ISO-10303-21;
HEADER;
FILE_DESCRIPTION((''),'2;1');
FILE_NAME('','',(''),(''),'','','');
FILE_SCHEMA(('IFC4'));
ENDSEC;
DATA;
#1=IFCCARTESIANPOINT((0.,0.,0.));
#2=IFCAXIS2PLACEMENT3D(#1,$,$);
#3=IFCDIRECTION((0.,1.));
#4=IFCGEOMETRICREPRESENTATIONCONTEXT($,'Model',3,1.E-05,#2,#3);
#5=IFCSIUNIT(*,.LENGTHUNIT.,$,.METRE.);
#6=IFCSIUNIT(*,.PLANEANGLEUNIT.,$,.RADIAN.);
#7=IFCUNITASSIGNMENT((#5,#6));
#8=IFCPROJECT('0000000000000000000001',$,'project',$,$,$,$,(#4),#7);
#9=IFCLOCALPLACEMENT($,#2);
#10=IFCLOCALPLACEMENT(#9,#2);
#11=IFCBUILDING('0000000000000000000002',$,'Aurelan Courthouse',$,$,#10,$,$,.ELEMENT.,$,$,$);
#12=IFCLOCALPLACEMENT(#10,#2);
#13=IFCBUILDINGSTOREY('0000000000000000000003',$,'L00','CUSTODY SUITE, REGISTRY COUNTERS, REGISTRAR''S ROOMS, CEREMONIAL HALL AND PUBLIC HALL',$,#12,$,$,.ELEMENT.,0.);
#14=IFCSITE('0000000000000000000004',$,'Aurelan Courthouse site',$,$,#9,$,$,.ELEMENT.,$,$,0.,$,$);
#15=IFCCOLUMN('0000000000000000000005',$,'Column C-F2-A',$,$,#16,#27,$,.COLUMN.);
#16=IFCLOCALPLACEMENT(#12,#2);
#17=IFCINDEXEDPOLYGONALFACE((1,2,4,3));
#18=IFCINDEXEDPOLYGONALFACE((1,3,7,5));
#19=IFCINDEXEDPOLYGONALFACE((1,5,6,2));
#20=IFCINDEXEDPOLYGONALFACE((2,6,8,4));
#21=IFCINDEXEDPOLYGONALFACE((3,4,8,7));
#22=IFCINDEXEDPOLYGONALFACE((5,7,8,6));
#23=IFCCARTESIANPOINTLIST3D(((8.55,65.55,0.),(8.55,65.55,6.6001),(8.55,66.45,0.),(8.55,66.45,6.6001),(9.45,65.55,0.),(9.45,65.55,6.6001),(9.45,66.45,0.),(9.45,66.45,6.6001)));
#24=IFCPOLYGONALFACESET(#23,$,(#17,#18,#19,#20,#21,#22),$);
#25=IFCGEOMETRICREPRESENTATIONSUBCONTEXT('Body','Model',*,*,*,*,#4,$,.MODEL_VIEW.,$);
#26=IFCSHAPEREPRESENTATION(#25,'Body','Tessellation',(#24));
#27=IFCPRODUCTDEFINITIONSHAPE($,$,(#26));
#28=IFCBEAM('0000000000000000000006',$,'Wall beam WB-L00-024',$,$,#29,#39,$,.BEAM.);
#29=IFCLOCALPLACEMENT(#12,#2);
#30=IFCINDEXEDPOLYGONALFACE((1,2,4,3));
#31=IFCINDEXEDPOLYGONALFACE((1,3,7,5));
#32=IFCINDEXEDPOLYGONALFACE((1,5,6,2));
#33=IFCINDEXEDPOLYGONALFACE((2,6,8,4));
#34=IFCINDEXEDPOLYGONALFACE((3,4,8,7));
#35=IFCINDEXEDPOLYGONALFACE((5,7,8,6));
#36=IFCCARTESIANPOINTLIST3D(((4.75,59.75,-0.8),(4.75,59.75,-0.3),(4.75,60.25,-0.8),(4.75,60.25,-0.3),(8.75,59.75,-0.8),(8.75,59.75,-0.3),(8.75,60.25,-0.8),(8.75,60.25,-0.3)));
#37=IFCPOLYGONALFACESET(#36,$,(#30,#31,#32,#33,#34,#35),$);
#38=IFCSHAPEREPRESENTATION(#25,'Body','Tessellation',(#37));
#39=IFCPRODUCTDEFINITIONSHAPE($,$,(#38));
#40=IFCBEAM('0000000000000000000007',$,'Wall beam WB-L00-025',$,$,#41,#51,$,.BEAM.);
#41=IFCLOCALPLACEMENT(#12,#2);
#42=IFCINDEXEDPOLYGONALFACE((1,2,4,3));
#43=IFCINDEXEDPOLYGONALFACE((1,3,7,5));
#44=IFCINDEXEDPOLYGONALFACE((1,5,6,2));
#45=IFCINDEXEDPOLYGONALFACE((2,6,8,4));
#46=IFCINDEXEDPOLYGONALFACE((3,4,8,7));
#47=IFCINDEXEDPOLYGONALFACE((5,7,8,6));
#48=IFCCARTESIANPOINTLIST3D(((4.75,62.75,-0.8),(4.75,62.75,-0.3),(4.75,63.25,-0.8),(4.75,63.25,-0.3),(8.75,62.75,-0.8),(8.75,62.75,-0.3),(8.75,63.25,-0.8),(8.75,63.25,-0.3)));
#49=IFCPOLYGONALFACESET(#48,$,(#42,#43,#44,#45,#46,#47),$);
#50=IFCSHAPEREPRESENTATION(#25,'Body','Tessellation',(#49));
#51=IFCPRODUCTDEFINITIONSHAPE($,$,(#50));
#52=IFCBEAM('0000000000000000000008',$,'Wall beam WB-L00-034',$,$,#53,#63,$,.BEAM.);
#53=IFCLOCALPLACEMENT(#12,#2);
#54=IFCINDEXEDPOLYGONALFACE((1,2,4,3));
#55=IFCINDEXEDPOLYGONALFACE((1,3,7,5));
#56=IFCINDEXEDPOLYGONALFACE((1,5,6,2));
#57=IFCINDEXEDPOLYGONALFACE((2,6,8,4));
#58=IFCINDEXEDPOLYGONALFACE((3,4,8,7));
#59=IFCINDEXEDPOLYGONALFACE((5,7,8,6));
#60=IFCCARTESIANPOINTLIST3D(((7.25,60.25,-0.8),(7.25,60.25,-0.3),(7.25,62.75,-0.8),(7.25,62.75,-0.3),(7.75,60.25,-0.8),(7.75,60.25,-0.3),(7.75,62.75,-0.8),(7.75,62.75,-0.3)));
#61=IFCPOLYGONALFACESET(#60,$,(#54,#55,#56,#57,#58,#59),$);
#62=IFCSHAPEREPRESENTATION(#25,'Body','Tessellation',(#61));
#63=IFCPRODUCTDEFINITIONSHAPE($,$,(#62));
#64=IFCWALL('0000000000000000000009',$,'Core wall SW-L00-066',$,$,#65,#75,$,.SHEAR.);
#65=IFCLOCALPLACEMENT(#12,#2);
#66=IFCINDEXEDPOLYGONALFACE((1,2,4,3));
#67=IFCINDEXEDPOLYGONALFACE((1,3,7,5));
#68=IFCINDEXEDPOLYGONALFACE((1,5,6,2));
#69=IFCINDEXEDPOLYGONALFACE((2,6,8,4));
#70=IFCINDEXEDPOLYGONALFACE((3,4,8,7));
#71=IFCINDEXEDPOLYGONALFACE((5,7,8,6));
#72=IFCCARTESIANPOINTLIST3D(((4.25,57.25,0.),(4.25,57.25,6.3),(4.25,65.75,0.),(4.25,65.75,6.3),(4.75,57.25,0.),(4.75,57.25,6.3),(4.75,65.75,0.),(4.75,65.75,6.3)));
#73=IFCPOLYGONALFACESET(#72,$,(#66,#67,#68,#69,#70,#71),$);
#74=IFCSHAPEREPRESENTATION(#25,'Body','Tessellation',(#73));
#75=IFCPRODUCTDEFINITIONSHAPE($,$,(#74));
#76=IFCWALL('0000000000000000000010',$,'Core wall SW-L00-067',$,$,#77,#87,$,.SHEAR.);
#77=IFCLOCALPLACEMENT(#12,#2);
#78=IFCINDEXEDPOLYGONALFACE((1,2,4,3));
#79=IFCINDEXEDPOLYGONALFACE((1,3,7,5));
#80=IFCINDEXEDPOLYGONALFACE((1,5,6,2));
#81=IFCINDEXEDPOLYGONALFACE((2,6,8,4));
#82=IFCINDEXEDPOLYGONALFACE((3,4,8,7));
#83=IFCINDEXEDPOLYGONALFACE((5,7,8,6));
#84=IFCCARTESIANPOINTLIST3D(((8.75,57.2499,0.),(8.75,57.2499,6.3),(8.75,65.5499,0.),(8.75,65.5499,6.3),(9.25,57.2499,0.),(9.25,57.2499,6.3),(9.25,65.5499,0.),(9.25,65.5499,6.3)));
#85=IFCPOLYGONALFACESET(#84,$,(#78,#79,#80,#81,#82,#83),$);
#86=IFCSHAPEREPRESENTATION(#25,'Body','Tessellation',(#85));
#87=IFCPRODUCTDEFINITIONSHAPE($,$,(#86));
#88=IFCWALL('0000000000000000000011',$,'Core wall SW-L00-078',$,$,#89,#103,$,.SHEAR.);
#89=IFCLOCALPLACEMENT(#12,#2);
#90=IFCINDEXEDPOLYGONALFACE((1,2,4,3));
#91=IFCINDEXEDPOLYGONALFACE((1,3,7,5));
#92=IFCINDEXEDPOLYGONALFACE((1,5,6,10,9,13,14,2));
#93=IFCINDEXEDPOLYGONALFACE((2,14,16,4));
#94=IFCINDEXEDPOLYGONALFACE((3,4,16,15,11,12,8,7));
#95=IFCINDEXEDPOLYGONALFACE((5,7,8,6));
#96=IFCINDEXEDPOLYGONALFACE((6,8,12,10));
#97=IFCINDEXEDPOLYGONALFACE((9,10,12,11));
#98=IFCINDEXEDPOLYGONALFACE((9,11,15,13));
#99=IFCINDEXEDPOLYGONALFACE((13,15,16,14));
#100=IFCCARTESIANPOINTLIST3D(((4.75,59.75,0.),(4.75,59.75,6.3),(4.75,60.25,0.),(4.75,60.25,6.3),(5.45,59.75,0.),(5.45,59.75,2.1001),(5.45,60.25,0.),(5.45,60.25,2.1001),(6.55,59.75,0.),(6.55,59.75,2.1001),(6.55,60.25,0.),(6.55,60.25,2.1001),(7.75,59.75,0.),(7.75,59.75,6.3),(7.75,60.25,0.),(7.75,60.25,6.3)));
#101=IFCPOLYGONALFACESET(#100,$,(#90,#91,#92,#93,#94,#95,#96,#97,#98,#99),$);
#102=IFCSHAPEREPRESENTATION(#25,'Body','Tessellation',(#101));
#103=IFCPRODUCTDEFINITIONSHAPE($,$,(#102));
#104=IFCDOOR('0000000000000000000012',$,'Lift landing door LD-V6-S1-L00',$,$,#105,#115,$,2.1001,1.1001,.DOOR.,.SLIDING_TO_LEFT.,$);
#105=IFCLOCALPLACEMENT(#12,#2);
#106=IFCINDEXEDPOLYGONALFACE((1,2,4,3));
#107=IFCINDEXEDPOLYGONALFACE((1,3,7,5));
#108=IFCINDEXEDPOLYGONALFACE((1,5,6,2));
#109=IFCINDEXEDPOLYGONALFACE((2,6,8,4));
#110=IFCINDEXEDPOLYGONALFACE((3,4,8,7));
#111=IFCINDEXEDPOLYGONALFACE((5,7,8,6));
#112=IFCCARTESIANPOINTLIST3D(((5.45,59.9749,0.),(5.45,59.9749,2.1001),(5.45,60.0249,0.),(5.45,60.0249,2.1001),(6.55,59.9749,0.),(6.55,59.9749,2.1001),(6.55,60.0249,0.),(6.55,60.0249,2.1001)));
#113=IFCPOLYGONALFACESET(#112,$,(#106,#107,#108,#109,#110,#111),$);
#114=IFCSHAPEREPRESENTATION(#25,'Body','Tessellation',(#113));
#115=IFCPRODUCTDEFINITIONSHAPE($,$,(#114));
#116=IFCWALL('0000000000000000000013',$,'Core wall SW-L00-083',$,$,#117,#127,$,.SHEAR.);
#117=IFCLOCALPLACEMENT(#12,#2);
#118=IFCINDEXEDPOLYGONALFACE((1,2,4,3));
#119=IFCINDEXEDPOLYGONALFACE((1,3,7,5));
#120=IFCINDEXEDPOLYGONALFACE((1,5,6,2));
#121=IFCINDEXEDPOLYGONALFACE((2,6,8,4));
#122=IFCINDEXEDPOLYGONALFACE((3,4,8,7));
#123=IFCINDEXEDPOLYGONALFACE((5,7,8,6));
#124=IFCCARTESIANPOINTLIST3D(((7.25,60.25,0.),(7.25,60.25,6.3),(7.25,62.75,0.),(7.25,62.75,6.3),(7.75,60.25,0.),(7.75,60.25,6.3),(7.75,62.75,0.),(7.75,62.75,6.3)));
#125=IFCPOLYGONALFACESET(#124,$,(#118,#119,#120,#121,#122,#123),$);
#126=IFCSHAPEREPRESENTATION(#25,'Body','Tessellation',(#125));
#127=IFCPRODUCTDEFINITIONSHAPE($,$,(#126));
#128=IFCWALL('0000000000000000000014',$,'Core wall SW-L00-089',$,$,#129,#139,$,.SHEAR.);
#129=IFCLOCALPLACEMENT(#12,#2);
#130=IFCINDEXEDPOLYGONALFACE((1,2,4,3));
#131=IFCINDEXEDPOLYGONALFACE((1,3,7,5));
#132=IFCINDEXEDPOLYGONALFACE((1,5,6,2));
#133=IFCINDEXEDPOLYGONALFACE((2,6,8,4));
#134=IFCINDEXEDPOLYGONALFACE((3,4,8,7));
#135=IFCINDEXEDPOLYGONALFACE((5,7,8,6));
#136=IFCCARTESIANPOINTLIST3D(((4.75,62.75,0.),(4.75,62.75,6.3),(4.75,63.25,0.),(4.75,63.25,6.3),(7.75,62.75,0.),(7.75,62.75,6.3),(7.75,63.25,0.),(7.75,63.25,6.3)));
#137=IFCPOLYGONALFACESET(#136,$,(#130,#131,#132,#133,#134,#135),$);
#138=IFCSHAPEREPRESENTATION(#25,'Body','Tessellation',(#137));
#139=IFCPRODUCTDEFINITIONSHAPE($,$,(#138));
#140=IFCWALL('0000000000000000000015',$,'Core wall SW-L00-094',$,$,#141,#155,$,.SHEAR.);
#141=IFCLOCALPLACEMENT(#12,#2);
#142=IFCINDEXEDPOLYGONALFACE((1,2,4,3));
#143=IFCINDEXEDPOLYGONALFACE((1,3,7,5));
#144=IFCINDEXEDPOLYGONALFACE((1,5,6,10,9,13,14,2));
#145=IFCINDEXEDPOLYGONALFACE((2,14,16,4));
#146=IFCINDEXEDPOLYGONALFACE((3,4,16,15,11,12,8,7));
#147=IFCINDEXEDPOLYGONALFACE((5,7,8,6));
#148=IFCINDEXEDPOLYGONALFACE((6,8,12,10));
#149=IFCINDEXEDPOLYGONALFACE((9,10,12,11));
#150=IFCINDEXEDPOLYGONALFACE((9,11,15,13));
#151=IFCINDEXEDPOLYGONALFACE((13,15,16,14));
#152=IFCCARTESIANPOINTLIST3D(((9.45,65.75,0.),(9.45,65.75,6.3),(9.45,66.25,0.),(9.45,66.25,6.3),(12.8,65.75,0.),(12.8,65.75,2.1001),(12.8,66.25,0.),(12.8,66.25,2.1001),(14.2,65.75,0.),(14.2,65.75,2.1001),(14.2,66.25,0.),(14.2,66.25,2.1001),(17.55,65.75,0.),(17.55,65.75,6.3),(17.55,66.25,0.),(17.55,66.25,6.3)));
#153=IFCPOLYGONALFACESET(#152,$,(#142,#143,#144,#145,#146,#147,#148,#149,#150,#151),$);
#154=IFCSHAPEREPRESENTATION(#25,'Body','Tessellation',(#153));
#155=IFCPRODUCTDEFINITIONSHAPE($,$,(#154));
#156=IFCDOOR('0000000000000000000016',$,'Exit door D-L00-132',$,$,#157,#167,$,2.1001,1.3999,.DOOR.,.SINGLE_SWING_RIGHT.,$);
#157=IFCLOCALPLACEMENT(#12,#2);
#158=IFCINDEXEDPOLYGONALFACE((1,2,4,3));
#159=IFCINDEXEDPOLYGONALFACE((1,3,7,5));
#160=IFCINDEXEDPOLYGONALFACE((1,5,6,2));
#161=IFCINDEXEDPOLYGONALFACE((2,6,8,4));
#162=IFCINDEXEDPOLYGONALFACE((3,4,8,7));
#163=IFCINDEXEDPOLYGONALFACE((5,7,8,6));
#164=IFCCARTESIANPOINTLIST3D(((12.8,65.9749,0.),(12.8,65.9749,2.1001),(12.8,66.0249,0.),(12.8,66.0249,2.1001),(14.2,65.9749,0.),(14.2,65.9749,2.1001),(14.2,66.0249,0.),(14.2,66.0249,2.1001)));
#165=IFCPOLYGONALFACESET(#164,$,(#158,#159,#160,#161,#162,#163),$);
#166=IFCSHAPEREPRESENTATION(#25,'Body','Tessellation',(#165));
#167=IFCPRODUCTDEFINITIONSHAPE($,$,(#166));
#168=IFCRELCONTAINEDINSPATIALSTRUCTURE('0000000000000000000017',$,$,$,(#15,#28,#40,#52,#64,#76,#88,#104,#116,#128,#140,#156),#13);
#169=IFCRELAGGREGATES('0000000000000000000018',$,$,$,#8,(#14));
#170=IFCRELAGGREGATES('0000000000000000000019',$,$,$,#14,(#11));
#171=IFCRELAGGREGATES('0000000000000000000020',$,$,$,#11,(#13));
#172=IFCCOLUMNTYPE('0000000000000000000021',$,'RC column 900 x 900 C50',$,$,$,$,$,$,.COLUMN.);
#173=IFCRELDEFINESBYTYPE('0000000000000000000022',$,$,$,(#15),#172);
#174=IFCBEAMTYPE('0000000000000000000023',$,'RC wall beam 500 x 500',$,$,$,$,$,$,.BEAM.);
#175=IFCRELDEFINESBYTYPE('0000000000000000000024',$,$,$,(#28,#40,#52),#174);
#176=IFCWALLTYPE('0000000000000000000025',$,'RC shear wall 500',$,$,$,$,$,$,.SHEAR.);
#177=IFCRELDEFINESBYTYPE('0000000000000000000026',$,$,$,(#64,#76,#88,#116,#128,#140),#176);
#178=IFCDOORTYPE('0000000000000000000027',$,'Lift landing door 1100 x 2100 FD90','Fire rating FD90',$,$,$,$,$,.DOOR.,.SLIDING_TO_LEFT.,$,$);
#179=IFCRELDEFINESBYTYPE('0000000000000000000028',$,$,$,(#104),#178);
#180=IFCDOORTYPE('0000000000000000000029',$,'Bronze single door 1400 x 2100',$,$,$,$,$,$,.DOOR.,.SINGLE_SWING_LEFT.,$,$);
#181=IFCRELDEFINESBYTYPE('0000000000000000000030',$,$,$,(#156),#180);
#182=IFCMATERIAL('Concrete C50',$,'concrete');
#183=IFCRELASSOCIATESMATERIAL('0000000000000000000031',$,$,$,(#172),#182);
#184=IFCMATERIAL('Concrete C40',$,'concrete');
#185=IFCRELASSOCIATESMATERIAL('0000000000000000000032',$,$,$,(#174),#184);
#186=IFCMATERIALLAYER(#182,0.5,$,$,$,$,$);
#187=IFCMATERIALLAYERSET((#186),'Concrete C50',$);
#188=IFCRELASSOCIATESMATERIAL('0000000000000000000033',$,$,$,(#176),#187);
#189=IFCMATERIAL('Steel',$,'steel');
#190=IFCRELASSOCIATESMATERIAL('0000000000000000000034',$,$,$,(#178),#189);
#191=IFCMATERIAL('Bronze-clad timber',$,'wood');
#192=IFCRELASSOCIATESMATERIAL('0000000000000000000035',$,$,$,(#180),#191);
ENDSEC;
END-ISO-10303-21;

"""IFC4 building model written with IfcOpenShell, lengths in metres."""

from ifc_helpers import new_model, si_unit, direction, frame, frame_2d, origin, origin_2d, place, context, subcontext, project, spatial, rectangle, extrude, material, layer, layer_set, material_profile, profile_set, type_object, element, fill, save


model = new_model("IFC4")

# Units and contexts
model_context = context("Model", 3, precision=1e-05, world=origin(), true_north=direction((0.0, 1.0)))
body_context = subcontext(model_context, "Body", "Model", "MODEL_VIEW")
ifc_project = project(units=[si_unit("LENGTHUNIT", "METRE"), si_unit("PLANEANGLEUNIT", "RADIAN")], contexts=[model_context])

# Site, building, storey
site_placement = place(None, origin())
site = spatial("IfcSite", under=ifc_project, at=site_placement, Name="Aurelan Courthouse site", CompositionType="ELEMENT", RefElevation=0.0)
building_placement = place(site_placement, origin())
building = spatial("IfcBuilding", under=site, at=building_placement, Name="Aurelan Courthouse", CompositionType="ELEMENT")
storey_placement = place(building_placement, origin())
storey = spatial("IfcBuildingStorey", under=building, at=storey_placement, Name="L00", Description="CUSTODY SUITE, REGISTRY COUNTERS, REGISTRAR'S ROOMS, CEREMONIAL HALL AND PUBLIC HALL", CompositionType="ELEMENT", Elevation=0.0)

# Column
ifc_material_1 = material(Name="Concrete C50", Category="concrete")
ifc_material_profile_1 = material_profile(ifc_material_1, rectangle(XDim=0.8999, YDim=0.8999, at=origin_2d()), Name="RC 900 x 900")
ifc_profile_set_1 = profile_set([ifc_material_profile_1], Name="Concrete C50")
column_type = type_object("IfcColumnType", Name="RC column 900 x 900 C50", PredefinedType="COLUMN", material=ifc_profile_set_1)
column_placement = place(storey_placement, frame((9.0, 66.0, 0.0), z_axis=(0.0, 0.0, 1.0), x_axis=(1.0, 0.0, 0.0)))
element("IfcColumn", 1, at=column_placement, inside=storey, type_object=column_type, Name="Column C-F2-A", PredefinedType="COLUMN", context=body_context, shape_type="SweptSolid", body=[
    extrude(rectangle(XDim=0.8999, YDim=0.8999, at=origin_2d()), origin(), (0.0, 0.0, 1.0), 6.6001),
])

# Beams
ifc_material_2 = material(Name="Concrete C40", Category="concrete")
ifc_material_profile_2 = material_profile(ifc_material_2, rectangle(XDim=0.5, YDim=0.5, at=origin_2d()), Name="RC 500 x 500")
ifc_profile_set_2 = profile_set([ifc_material_profile_2], Name="Concrete C40")
beam_type = type_object("IfcBeamType", Name="RC wall beam 500 x 500", PredefinedType="BEAM", material=ifc_profile_set_2)
for number, where, z_axis, x_axis, name in (
    (2, (4.75, 60.0, -0.55), (1.0, 0.0, 0.0), (0.0, 1.0, 0.0), "Wall beam WB-L00-024"),
    (3, (4.75, 63.0, -0.55), (1.0, 0.0, 0.0), (0.0, 1.0, 0.0), "Wall beam WB-L00-025"),
):
    element("IfcBeam", number, at=place(storey_placement, frame(where, z_axis=z_axis, x_axis=x_axis)), inside=storey, type_object=beam_type, Name=name, PredefinedType="BEAM", context=body_context, shape_type="SweptSolid", body=[
        extrude(rectangle(XDim=0.5, YDim=0.5, at=origin_2d()), origin(), (0.0, 0.0, 1.0), 4.0),
    ])
beam_placement = place(storey_placement, frame((7.5, 60.25, -0.55), z_axis=(0.0, 1.0, 0.0), x_axis=(-1.0, 0.0, 0.0)))
element("IfcBeam", 4, at=beam_placement, inside=storey, type_object=beam_type, Name="Wall beam WB-L00-034", PredefinedType="BEAM", context=body_context, shape_type="SweptSolid", body=[
    extrude(rectangle(XDim=0.5, YDim=0.5, at=origin_2d()), origin(), (0.0, 0.0, 1.0), 2.5),
])

# Walls
ifc_layer_1 = layer(ifc_material_1, 0.5)
ifc_layer_set_1 = layer_set([ifc_layer_1], Name="Concrete C50")
wall_type_1 = type_object("IfcWallType", Name="RC shear wall 500", PredefinedType="SHEAR", material=ifc_layer_set_1)
wall_1_placement = place(storey_placement, frame((4.5, 57.25, 0.0), z_axis=(0.0, 0.0, 1.0), x_axis=(0.0, 1.0, 0.0)))
element("IfcWall", 5, at=wall_1_placement, inside=storey, type_object=wall_type_1, Name="Core wall SW-L00-066", PredefinedType="SHEAR", context=body_context, shape_type="SweptSolid", body=[
    extrude(rectangle(XDim=8.5, YDim=0.5, at=frame_2d((4.25, 0.0))), origin(), (0.0, 0.0, 1.0), 6.3),
])
wall_2_placement = place(storey_placement, frame((9.0, 57.25, 0.0), z_axis=(0.0, 0.0, 1.0), x_axis=(0.0, 1.0, 0.0)))
element("IfcWall", 6, at=wall_2_placement, inside=storey, type_object=wall_type_1, Name="Core wall SW-L00-067", PredefinedType="SHEAR", context=body_context, shape_type="SweptSolid", body=[
    extrude(rectangle(XDim=8.3, YDim=0.5, at=frame_2d((4.1499, 0.0))), origin(), (0.0, 0.0, 1.0), 6.3),
])

# Wall, opening, door
wall_3_placement = place(storey_placement, frame((4.75, 60.0, 0.0), z_axis=(0.0, 0.0, 1.0), x_axis=(1.0, 0.0, 0.0)))
wall_3 = element("IfcWall", 7, at=wall_3_placement, inside=storey, type_object=wall_type_1, Name="Core wall SW-L00-078", PredefinedType="SHEAR", context=body_context, shape_type="SweptSolid", body=[
    extrude(rectangle(XDim=3.0, YDim=0.5, at=frame_2d((1.5, 0.0))), origin(), (0.0, 0.0, 1.0), 6.3),
])
opening_1_placement = place(wall_3_placement, frame((0.7, 0.0, 0.0)))
opening_1 = element("IfcOpeningElement", 8, at=opening_1_placement, cuts=wall_3, PredefinedType="OPENING", context=body_context, shape_type="SweptSolid", body=[
    extrude(rectangle(XDim=1.1001, YDim=2.1001, at=frame_2d((0.55, 1.05))), frame((0.0, 0.26, 0.0), z_axis=(0.0, -1.0, 0.0), x_axis=(1.0, 0.0, 0.0)), (0.0, 0.0, 1.0), 0.52),
])
ifc_material_3 = material(Name="Steel", Category="steel")
door_type_1 = type_object("IfcDoorType", Name="Lift landing door 1100 x 2100 FD90", Description="Fire rating FD90", OperationType="SLIDING_TO_LEFT", PredefinedType="DOOR", material=ifc_material_3)
door_1_placement = place(opening_1_placement, origin())
door_1 = element("IfcDoor", 9, at=door_1_placement, inside=storey, type_object=door_type_1, Name="Lift landing door LD-V6-S1-L00", OperationType="SLIDING_TO_LEFT", OverallHeight=2.1001, OverallWidth=1.1001, PredefinedType="DOOR", context=body_context, shape_type="SweptSolid", body=[
    extrude(rectangle(XDim=1.1001, YDim=2.1001, at=frame_2d((0.55, 1.05))), frame((0.0, 0.0249, 0.0), z_axis=(0.0, -1.0, 0.0), x_axis=(1.0, 0.0, 0.0)), (0.0, 0.0, 1.0), 0.05),
])
fill(opening_1, door_1)

# Walls
wall_4_placement = place(storey_placement, frame((7.5, 60.25, 0.0), z_axis=(0.0, 0.0, 1.0), x_axis=(0.0, 1.0, 0.0)))
element("IfcWall", 10, at=wall_4_placement, inside=storey, type_object=wall_type_1, Name="Core wall SW-L00-083", PredefinedType="SHEAR", context=body_context, shape_type="SweptSolid", body=[
    extrude(rectangle(XDim=2.5, YDim=0.5, at=frame_2d((1.25, 0.0))), origin(), (0.0, 0.0, 1.0), 6.3),
])
wall_5_placement = place(storey_placement, frame((4.75, 63.0, 0.0), z_axis=(0.0, 0.0, 1.0), x_axis=(1.0, 0.0, 0.0)))
element("IfcWall", 11, at=wall_5_placement, inside=storey, type_object=wall_type_1, Name="Core wall SW-L00-089", PredefinedType="SHEAR", context=body_context, shape_type="SweptSolid", body=[
    extrude(rectangle(XDim=3.0, YDim=0.5, at=frame_2d((1.5, 0.0))), origin(), (0.0, 0.0, 1.0), 6.3),
])

# Wall, opening, door
wall_6_placement = place(storey_placement, frame((9.45, 66.0, 0.0), z_axis=(0.0, 0.0, 1.0), x_axis=(1.0, 0.0, 0.0)))
wall_6 = element("IfcWall", 12, at=wall_6_placement, inside=storey, type_object=wall_type_1, Name="Core wall SW-L00-094", PredefinedType="SHEAR", context=body_context, shape_type="SweptSolid", body=[
    extrude(rectangle(XDim=8.1001, YDim=0.5, at=frame_2d((4.05, 0.0))), origin(), (0.0, 0.0, 1.0), 6.3),
])
opening_2_placement = place(wall_6_placement, frame((3.3501, 0.0, 0.0)))
opening_2 = element("IfcOpeningElement", 13, at=opening_2_placement, cuts=wall_6, PredefinedType="OPENING", context=body_context, shape_type="SweptSolid", body=[
    extrude(rectangle(XDim=1.3999, YDim=2.1001, at=frame_2d((0.7, 1.05))), frame((0.0, 0.26, 0.0), z_axis=(0.0, -1.0, 0.0), x_axis=(1.0, 0.0, 0.0)), (0.0, 0.0, 1.0), 0.52),
])
ifc_material_4 = material(Name="Bronze-clad timber", Category="wood")
door_type_2 = type_object("IfcDoorType", Name="Bronze single door 1400 x 2100", OperationType="SINGLE_SWING_LEFT", PredefinedType="DOOR", material=ifc_material_4)
door_2_placement = place(opening_2_placement, origin())
door_2 = element("IfcDoor", 14, at=door_2_placement, inside=storey, type_object=door_type_2, Name="Exit door D-L00-132", OperationType="SINGLE_SWING_RIGHT", OverallHeight=2.1001, OverallWidth=1.3999, PredefinedType="DOOR", context=body_context, shape_type="SweptSolid", body=[
    extrude(rectangle(XDim=1.3999, YDim=2.1001, at=frame_2d((0.7, 1.05))), frame((0.0, 0.0249, 0.0), z_axis=(0.0, -1.0, 0.0), x_axis=(1.0, 0.0, 0.0)), (0.0, 0.0, 1.0), 0.05),
])
fill(opening_2, door_2)

save(model, "model.ifc")
